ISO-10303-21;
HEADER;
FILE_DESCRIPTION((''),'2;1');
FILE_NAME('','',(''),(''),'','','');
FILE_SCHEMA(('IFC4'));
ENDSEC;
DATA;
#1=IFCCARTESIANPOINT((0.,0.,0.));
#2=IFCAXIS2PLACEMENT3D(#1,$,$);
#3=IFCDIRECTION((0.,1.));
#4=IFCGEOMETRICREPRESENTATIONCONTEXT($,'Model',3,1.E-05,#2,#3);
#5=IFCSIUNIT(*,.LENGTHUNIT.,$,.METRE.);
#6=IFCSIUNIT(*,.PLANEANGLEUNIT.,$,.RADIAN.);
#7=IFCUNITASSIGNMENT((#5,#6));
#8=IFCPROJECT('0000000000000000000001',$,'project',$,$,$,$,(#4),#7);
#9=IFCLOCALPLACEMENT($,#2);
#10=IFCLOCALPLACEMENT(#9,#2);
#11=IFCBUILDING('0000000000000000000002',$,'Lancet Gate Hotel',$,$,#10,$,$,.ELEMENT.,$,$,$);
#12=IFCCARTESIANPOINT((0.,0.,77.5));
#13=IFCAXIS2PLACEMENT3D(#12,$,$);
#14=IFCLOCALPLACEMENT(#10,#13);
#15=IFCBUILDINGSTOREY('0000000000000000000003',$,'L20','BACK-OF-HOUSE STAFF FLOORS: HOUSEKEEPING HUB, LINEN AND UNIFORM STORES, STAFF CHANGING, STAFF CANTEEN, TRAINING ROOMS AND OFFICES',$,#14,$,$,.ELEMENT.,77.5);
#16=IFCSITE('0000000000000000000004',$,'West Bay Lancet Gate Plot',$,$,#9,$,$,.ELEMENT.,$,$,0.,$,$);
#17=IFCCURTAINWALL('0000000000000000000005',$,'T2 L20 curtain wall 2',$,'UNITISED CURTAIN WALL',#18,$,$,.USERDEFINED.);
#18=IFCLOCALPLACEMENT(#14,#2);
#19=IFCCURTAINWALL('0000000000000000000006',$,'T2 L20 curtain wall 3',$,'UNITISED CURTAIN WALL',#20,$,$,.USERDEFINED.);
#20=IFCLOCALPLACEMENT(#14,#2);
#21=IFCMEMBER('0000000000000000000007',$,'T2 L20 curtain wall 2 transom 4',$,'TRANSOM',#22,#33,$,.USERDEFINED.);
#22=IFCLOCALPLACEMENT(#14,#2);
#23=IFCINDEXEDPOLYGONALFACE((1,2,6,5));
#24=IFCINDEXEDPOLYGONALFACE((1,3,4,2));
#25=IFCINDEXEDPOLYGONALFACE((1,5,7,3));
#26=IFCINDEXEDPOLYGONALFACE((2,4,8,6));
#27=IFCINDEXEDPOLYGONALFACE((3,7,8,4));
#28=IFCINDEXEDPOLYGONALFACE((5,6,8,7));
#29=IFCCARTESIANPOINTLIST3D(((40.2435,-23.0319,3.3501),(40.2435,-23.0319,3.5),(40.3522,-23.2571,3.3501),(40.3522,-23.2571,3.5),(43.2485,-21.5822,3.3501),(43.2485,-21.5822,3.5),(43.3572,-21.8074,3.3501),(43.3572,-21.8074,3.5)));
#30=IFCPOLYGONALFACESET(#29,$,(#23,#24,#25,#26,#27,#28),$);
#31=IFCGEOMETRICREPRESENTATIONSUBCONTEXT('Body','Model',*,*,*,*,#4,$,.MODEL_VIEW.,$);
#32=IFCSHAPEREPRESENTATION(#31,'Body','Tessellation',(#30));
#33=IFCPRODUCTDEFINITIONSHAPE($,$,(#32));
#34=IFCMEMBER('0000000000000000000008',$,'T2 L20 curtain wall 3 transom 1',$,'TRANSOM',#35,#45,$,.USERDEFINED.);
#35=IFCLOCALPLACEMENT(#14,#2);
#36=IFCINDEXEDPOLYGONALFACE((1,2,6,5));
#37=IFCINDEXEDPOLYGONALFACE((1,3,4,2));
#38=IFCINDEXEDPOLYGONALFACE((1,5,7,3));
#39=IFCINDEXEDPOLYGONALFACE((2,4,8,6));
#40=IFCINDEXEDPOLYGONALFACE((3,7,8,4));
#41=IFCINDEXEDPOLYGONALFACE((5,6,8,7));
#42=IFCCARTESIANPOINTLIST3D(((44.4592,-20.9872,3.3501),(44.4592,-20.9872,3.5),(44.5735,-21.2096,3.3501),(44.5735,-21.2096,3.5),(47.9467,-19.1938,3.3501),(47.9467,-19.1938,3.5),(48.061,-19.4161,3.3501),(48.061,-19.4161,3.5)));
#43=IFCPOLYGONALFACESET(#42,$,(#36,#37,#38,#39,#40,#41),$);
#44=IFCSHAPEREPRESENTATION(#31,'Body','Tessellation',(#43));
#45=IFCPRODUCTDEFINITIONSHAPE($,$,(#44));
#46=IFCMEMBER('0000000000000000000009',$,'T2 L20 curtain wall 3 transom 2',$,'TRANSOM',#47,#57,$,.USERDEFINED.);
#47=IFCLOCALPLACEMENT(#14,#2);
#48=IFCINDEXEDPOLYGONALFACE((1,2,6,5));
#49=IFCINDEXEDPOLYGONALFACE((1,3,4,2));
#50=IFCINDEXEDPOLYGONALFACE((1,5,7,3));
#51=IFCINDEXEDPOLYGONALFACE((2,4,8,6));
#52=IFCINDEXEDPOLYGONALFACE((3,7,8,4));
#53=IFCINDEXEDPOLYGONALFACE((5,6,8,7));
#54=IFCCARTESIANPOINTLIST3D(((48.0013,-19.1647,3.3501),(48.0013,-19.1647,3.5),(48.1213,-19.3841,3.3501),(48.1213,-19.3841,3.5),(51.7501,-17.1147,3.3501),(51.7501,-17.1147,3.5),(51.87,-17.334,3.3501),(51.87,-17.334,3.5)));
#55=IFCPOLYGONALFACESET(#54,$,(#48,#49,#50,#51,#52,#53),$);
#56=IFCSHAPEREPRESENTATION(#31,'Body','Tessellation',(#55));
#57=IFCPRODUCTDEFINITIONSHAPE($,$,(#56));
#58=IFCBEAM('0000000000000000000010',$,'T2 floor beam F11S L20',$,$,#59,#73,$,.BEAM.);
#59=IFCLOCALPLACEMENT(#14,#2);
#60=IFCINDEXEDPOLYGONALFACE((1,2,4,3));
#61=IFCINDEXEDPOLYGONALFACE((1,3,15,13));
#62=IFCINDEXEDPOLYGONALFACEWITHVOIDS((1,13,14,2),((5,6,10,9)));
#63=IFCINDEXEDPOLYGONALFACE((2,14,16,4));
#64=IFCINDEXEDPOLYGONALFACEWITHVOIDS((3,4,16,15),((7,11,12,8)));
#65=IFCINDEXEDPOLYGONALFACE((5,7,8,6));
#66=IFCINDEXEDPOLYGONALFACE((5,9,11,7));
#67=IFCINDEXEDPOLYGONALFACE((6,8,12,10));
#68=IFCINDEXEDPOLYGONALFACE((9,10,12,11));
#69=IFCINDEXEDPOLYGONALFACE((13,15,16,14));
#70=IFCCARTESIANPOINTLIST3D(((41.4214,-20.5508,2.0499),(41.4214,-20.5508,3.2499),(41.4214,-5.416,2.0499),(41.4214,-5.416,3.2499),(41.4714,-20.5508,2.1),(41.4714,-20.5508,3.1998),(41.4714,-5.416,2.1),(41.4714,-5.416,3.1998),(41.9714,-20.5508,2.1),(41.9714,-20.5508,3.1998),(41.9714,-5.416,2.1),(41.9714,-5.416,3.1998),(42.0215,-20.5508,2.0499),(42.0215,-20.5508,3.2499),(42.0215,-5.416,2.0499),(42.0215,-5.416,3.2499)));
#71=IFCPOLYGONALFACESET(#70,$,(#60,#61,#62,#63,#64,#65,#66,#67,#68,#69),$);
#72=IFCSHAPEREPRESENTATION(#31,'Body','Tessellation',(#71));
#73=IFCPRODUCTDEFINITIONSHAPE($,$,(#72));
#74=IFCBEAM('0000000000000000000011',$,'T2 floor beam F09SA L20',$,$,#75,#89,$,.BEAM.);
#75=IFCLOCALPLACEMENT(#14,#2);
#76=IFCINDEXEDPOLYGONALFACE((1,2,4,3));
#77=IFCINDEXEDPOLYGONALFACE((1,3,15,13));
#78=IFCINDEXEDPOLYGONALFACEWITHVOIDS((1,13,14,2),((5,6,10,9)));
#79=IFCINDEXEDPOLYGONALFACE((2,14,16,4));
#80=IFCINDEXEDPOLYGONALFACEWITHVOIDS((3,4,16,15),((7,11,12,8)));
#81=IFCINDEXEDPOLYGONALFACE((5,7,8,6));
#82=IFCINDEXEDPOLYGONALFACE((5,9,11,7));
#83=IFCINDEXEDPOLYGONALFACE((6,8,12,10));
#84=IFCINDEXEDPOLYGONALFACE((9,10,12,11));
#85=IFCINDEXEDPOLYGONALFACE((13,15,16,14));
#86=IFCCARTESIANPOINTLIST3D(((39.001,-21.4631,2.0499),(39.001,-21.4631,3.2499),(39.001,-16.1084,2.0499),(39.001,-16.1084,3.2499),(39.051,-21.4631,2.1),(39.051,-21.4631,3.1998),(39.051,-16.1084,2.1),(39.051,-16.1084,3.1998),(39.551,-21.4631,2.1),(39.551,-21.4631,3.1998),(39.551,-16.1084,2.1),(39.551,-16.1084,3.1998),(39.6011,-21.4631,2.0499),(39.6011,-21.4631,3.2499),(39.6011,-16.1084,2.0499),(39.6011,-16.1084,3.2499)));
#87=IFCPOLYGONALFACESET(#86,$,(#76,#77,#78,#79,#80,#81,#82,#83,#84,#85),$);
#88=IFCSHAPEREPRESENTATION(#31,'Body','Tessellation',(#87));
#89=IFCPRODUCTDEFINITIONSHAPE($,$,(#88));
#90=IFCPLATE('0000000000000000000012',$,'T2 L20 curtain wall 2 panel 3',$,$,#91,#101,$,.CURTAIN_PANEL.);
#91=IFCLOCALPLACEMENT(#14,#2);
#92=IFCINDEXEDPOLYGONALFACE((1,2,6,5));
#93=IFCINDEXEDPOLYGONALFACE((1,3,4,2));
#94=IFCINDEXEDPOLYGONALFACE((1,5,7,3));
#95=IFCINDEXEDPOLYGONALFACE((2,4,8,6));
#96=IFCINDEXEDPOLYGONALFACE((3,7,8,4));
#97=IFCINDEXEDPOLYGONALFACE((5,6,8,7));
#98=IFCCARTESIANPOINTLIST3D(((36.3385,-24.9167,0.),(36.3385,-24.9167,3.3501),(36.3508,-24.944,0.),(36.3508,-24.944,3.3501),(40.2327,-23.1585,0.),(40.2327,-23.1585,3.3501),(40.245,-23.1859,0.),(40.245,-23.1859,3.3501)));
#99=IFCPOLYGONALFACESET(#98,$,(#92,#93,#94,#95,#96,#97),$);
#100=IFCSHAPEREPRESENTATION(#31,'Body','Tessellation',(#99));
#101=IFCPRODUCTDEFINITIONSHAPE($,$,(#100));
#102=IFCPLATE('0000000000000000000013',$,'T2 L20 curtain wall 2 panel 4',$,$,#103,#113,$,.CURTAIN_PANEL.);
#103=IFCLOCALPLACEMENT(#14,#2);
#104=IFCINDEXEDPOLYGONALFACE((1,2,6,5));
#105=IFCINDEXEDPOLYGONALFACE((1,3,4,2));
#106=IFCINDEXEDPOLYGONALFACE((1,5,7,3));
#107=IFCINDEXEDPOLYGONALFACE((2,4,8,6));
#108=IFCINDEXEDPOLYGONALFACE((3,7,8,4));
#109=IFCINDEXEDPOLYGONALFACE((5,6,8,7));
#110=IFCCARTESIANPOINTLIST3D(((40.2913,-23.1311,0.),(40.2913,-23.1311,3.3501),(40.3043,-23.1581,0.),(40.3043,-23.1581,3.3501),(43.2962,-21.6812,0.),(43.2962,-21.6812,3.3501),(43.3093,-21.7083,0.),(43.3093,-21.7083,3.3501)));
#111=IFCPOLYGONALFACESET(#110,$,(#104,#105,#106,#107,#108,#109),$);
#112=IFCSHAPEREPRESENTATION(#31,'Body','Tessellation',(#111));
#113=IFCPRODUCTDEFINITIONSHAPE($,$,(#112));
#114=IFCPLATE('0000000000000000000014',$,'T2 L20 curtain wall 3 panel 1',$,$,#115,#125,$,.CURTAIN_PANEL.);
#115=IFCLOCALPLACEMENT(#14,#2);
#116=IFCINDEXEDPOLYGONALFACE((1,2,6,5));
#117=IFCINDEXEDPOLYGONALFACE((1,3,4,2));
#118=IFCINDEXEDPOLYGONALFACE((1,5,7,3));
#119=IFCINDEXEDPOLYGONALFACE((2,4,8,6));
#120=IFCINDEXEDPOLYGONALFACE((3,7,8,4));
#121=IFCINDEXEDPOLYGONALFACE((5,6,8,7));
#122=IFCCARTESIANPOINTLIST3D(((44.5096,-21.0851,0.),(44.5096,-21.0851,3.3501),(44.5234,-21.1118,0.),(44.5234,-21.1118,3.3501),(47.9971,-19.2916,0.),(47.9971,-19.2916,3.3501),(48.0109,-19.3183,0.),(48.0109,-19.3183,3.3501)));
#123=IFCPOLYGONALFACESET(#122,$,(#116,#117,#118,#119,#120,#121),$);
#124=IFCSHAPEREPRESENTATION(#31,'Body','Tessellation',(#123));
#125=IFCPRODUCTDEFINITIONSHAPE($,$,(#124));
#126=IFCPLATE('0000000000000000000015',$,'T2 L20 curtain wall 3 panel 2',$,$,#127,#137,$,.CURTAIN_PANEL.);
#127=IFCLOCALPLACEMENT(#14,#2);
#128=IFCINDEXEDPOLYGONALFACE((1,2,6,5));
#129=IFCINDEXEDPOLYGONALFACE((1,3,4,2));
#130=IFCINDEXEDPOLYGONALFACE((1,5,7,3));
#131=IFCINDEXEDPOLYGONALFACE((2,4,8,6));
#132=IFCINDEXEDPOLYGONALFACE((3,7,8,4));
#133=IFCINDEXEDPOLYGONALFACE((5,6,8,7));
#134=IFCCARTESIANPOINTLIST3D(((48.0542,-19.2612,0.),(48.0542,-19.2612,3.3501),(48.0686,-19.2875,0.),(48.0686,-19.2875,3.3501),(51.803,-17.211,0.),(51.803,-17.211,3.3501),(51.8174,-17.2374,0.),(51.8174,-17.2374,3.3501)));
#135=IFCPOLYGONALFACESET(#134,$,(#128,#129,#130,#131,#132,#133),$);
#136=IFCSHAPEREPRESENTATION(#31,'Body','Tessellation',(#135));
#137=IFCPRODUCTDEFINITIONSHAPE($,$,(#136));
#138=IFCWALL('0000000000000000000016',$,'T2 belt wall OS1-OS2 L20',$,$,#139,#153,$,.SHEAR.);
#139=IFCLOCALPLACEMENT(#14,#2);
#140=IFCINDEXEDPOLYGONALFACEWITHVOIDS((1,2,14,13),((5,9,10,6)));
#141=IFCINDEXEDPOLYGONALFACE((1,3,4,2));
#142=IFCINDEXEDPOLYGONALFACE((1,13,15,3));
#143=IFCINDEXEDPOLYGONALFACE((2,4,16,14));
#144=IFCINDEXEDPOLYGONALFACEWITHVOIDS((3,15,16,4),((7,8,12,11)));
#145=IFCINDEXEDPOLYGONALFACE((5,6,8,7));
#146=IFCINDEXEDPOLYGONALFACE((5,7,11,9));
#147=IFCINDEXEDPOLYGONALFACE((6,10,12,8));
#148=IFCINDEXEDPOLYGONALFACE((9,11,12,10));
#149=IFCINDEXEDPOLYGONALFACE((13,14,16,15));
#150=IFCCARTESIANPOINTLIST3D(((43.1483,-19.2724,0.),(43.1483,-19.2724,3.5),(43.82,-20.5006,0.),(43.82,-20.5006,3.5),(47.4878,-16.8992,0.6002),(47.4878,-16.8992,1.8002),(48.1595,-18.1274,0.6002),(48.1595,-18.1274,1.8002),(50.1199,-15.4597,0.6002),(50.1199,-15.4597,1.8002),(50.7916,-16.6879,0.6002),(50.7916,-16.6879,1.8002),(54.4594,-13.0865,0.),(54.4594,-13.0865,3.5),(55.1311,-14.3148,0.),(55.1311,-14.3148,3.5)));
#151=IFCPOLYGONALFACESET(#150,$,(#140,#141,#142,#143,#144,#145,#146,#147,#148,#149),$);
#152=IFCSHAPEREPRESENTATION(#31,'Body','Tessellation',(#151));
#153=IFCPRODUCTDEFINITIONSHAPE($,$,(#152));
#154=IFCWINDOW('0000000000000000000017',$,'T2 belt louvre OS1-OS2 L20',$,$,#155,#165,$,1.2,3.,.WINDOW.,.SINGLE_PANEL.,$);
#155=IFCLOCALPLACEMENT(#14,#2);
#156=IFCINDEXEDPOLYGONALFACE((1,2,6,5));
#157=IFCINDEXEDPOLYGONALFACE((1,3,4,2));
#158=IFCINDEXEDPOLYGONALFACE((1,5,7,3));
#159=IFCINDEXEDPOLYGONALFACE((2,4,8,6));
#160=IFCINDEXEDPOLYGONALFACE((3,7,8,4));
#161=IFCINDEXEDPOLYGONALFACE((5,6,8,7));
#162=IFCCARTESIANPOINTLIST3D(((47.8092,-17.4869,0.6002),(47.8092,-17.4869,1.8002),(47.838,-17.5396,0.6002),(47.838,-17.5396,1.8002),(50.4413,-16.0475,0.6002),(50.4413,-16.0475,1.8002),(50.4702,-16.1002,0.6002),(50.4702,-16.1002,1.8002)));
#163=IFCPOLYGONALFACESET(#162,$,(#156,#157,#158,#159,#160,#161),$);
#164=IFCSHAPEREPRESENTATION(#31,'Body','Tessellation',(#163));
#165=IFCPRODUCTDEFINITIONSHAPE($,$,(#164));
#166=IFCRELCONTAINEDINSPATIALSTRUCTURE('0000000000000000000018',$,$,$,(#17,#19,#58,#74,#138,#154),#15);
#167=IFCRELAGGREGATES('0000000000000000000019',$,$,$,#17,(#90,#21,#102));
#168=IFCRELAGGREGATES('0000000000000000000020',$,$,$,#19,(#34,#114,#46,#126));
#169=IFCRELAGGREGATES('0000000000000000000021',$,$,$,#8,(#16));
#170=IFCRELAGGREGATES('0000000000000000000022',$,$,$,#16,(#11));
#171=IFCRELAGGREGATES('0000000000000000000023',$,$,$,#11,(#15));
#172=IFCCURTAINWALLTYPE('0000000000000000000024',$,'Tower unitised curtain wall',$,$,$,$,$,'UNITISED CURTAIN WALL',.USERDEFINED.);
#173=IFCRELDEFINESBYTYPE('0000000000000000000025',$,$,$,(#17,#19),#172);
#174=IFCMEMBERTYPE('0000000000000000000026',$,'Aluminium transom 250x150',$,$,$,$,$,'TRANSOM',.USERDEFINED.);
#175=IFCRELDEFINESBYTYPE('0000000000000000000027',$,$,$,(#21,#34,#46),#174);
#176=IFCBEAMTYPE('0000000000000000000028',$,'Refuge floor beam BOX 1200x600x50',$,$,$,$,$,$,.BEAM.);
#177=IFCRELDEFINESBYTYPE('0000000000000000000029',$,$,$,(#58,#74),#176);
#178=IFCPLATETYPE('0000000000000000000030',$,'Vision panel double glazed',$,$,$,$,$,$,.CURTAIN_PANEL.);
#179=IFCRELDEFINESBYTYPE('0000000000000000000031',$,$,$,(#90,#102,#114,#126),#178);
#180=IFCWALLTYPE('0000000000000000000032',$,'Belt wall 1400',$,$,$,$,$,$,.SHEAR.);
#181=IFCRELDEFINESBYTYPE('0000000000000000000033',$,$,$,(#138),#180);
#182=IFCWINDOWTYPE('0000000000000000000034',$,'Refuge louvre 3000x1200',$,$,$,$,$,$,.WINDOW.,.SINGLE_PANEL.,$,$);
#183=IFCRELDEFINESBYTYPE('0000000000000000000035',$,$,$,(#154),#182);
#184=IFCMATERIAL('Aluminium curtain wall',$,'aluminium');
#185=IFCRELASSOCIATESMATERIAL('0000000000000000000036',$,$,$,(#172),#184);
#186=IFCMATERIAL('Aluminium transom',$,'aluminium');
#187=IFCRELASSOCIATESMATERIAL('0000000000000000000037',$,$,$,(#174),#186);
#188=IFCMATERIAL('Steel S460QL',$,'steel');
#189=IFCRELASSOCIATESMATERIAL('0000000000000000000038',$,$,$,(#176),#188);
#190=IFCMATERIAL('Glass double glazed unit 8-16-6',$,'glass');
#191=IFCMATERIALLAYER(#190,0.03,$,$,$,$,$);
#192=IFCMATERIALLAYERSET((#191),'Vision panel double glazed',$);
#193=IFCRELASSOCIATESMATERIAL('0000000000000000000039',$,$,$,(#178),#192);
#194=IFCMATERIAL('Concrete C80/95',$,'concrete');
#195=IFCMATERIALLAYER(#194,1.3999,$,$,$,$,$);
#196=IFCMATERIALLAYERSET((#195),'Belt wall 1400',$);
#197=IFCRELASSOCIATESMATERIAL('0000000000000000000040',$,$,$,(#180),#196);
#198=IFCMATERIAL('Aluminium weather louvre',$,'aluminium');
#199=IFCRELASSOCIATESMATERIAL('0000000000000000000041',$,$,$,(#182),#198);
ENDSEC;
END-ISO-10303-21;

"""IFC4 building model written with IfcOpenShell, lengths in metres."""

from ifc_helpers import new_model, si_unit, direction, frame, frame_2d, origin, origin_2d, place, context, subcontext, project, spatial, rectangle, hollow_rectangle, extrude, material, layer, layer_set, material_profile, profile_set, type_object, element, fill, aggregate, save


model = new_model("IFC4")

# Units and contexts
model_context = context("Model", 3, precision=1e-05, world=origin(), true_north=direction((0.0, 1.0)))
body_context = subcontext(model_context, "Body", "Model", "MODEL_VIEW")
ifc_project = project(units=[si_unit("LENGTHUNIT", "METRE"), si_unit("PLANEANGLEUNIT", "RADIAN")], contexts=[model_context])

# Site, building, storey
site_placement = place(None, origin())
site = spatial("IfcSite", under=ifc_project, at=site_placement, Name="West Bay Lancet Gate Plot", CompositionType="ELEMENT", RefElevation=0.0)
building_placement = place(site_placement, origin())
building = spatial("IfcBuilding", under=site, at=building_placement, Name="Lancet Gate Hotel", CompositionType="ELEMENT")
storey_placement = place(building_placement, frame((0.0, 0.0, 77.5)))
storey = spatial("IfcBuildingStorey", under=building, at=storey_placement, Name="L20", Description="BACK-OF-HOUSE STAFF FLOORS: HOUSEKEEPING HUB, LINEN AND UNIFORM STORES, STAFF CHANGING, STAFF CANTEEN, TRAINING ROOMS AND OFFICES", CompositionType="ELEMENT", Elevation=77.5)

# Curtain walls
ifc_material_1 = material(Name="Aluminium curtain wall", Category="aluminium")
curtain_wall_type = type_object("IfcCurtainWallType", Name="Tower unitised curtain wall", ElementType="UNITISED CURTAIN WALL", PredefinedType="USERDEFINED", material=ifc_material_1)
curtain_wall_1_placement = place(storey_placement, origin())
curtain_wall_1 = element("IfcCurtainWall", 1, at=curtain_wall_1_placement, inside=storey, type_object=curtain_wall_type, Name="T2 L20 curtain wall 2", ObjectType="UNITISED CURTAIN WALL", PredefinedType="USERDEFINED")
curtain_wall_2_placement = place(storey_placement, origin())
curtain_wall_2 = element("IfcCurtainWall", 2, at=curtain_wall_2_placement, inside=storey, type_object=curtain_wall_type, Name="T2 L20 curtain wall 3", ObjectType="UNITISED CURTAIN WALL", PredefinedType="USERDEFINED")

# Members
ifc_material_2 = material(Name="Aluminium transom", Category="aluminium")
ifc_material_profile_1 = material_profile(ifc_material_2, rectangle(XDim=0.25, YDim=0.1499, at=origin_2d()), Name="TRANSOM 250x150")
ifc_profile_set_1 = profile_set([ifc_material_profile_1], Name="Aluminium transom")
member_type_1 = type_object("IfcMemberType", Name="Aluminium transom 250x150", ElementType="TRANSOM", PredefinedType="USERDEFINED", material=ifc_profile_set_1)
member_1_placement = place(storey_placement, frame((40.2979, -23.1445, 3.425), z_axis=(0.90066, 0.434524, 0.0), x_axis=(-0.434524, 0.90066, 0.0)))
member_1 = element("IfcMember", 3, at=member_1_placement, type_object=member_type_1, Name="T2 L20 curtain wall 2 transom 4", ObjectType="TRANSOM", PredefinedType="USERDEFINED", context=body_context, shape_type="SweptSolid", body=[
    extrude(rectangle(XDim=0.25, YDim=0.1499, at=origin_2d()), origin(), (0.0, 0.0, 1.0), 3.3364),
])
member_2_placement = place(storey_placement, frame((44.5164, -21.0984, 3.425), z_axis=(0.889302, 0.45732, 0.0), x_axis=(-0.45732, 0.889302, 0.0)))
member_2 = element("IfcMember", 4, at=member_2_placement, type_object=member_type_1, Name="T2 L20 curtain wall 3 transom 1", ObjectType="TRANSOM", PredefinedType="USERDEFINED", context=body_context, shape_type="SweptSolid", body=[
    extrude(rectangle(XDim=0.25, YDim=0.1499, at=origin_2d()), origin(), (0.0, 0.0, 1.0), 3.9216),
])
member_3_placement = place(storey_placement, frame((48.0613, -19.2744, 3.425), z_axis=(0.877378, 0.479801, 0.0), x_axis=(-0.479801, 0.877378, 0.0)))
member_3 = element("IfcMember", 5, at=member_3_placement, type_object=member_type_1, Name="T2 L20 curtain wall 3 transom 2", ObjectType="TRANSOM", PredefinedType="USERDEFINED", context=body_context, shape_type="SweptSolid", body=[
    extrude(rectangle(XDim=0.25, YDim=0.1499, at=origin_2d()), origin(), (0.0, 0.0, 1.0), 4.2727),
])

# Beams
ifc_material_3 = material(Name="Steel S460QL", Category="steel")
ifc_material_profile_2 = material_profile(ifc_material_3, hollow_rectangle(XDim=0.6001, YDim=1.2, WallThickness=0.05, at=origin_2d()), Name="BOX 1200x600x50")
ifc_profile_set_2 = profile_set([ifc_material_profile_2], Name="Steel S460QL")
beam_type = type_object("IfcBeamType", Name="Refuge floor beam BOX 1200x600x50", PredefinedType="BEAM", material=ifc_profile_set_2)
beam_1_placement = place(storey_placement, frame((41.7214, -20.5508, 2.6499), z_axis=(0.0, 1.0, 0.0), x_axis=(-1.0, 0.0, 0.0)))
element("IfcBeam", 6, at=beam_1_placement, inside=storey, type_object=beam_type, Name="T2 floor beam F11S L20", PredefinedType="BEAM", context=body_context, shape_type="SweptSolid", body=[
    extrude(hollow_rectangle(XDim=0.6001, YDim=1.2, WallThickness=0.05, at=origin_2d()), origin(), (0.0, 0.0, 1.0), 15.1348),
])
beam_2_placement = place(storey_placement, frame((39.301, -21.4631, 2.6499), z_axis=(0.0, 1.0, 0.0), x_axis=(-1.0, 0.0, 0.0)))
element("IfcBeam", 7, at=beam_2_placement, inside=storey, type_object=beam_type, Name="T2 floor beam F09SA L20", PredefinedType="BEAM", context=body_context, shape_type="SweptSolid", body=[
    extrude(hollow_rectangle(XDim=0.6001, YDim=1.2, WallThickness=0.05, at=origin_2d()), origin(), (0.0, 0.0, 1.0), 5.3547),
])

# Plates
ifc_material_4 = material(Name="Glass double glazed unit 8-16-6", Category="glass")
ifc_layer_1 = layer(ifc_material_4, 0.03)
ifc_layer_set_1 = layer_set([ifc_layer_1], Name="Vision panel double glazed")
plate_type = type_object("IfcPlateType", Name="Vision panel double glazed", PredefinedType="CURTAIN_PANEL", material=ifc_layer_set_1)
plate_1_placement = place(storey_placement, frame((38.2917, -24.0513, 0.0), z_axis=(0.0, 0.0, 1.0), x_axis=(0.911416, 0.411487, 0.0)))
plate_1 = element("IfcPlate", 8, at=plate_1_placement, type_object=plate_type, Name="T2 L20 curtain wall 2 panel 3", PredefinedType="CURTAIN_PANEL", context=body_context, shape_type="SweptSolid", body=[
    extrude(rectangle(XDim=4.2727, YDim=0.03, at=origin_2d()), origin(), (0.0, 0.0, 1.0), 3.3501),
])
plate_2_placement = place(storey_placement, frame((41.8003, -22.4197, 0.0), z_axis=(0.0, 0.0, 1.0), x_axis=(0.900647, 0.43455, 0.0)))
plate_2 = element("IfcPlate", 9, at=plate_2_placement, type_object=plate_type, Name="T2 L20 curtain wall 2 panel 4", PredefinedType="CURTAIN_PANEL", context=body_context, shape_type="SweptSolid", body=[
    extrude(rectangle(XDim=3.3364, YDim=0.03, at=origin_2d()), origin(), (0.0, 0.0, 1.0), 3.3501),
])
aggregate(curtain_wall_1, [plate_1, member_1, plate_2])
plate_3_placement = place(storey_placement, frame((46.2603, -20.2017, 0.0), z_axis=(0.0, 0.0, 1.0), x_axis=(0.889296, 0.457332, 0.0)))
plate_3 = element("IfcPlate", 10, at=plate_3_placement, type_object=plate_type, Name="T2 L20 curtain wall 3 panel 1", PredefinedType="CURTAIN_PANEL", context=body_context, shape_type="SweptSolid", body=[
    extrude(rectangle(XDim=3.9216, YDim=0.03, at=origin_2d()), origin(), (0.0, 0.0, 1.0), 3.3501),
])
plate_4_placement = place(storey_placement, frame((49.9358, -18.2493, 0.0), z_axis=(0.0, 0.0, 1.0), x_axis=(0.877368, 0.479818, 0.0)))
plate_4 = element("IfcPlate", 11, at=plate_4_placement, type_object=plate_type, Name="T2 L20 curtain wall 3 panel 2", PredefinedType="CURTAIN_PANEL", context=body_context, shape_type="SweptSolid", body=[
    extrude(rectangle(XDim=4.2727, YDim=0.03, at=origin_2d()), origin(), (0.0, 0.0, 1.0), 3.3501),
])
aggregate(curtain_wall_2, [member_2, plate_3, member_3, plate_4])

# Wall, opening, window
ifc_material_5 = material(Name="Concrete C80/95", Category="concrete")
ifc_layer_2 = layer(ifc_material_5, 1.3999)
ifc_layer_set_2 = layer_set([ifc_layer_2], Name="Belt wall 1400")
wall_type = type_object("IfcWallType", Name="Belt wall 1400", PredefinedType="SHEAR", material=ifc_layer_set_2)
wall_placement = place(storey_placement, frame((43.4841, -19.8865, 0.0), z_axis=(0.0, 0.0, 1.0), x_axis=(0.877369, 0.479816, 0.0)))
wall = element("IfcWall", 12, at=wall_placement, inside=storey, type_object=wall_type, Name="T2 belt wall OS1-OS2 L20", PredefinedType="SHEAR", context=body_context, shape_type="SweptSolid", body=[
    extrude(rectangle(XDim=12.8921, YDim=1.3999, at=frame_2d((6.446, 0.0))), origin(), (0.0, 0.0, 1.0), 3.5),
])
opening_placement = place(wall_placement, frame((4.946, 0.0, 0.6001)))
opening = element("IfcOpeningElement", 13, at=opening_placement, cuts=wall, PredefinedType="OPENING", context=body_context, shape_type="SweptSolid", body=[
    extrude(rectangle(XDim=3.0, YDim=1.2, at=frame_2d((1.5, 0.6001))), frame((0.0, 0.71, 0.0), z_axis=(0.0, -1.0, 0.0), x_axis=(1.0, 0.0, 0.0)), (0.0, 0.0, 1.0), 1.4199),
])
ifc_material_6 = material(Name="Aluminium weather louvre", Category="aluminium")
window_type = type_object("IfcWindowType", Name="Refuge louvre 3000x1200", PartitioningType="SINGLE_PANEL", PredefinedType="WINDOW", material=ifc_material_6)
window_placement = place(opening_placement, origin())
window = element("IfcWindow", 14, at=window_placement, inside=storey, type_object=window_type, Name="T2 belt louvre OS1-OS2 L20", OverallHeight=1.2, OverallWidth=3.0, PartitioningType="SINGLE_PANEL", PredefinedType="WINDOW", context=body_context, shape_type="SweptSolid", body=[
    extrude(rectangle(XDim=3.0, YDim=1.2, at=frame_2d((1.5, 0.6001))), frame((0.0, 0.03, 0.0), z_axis=(0.0, -1.0, 0.0), x_axis=(1.0, 0.0, 0.0)), (0.0, 0.0, 1.0), 0.0601),
])
fill(opening, window)

save(model, "model.ifc")
